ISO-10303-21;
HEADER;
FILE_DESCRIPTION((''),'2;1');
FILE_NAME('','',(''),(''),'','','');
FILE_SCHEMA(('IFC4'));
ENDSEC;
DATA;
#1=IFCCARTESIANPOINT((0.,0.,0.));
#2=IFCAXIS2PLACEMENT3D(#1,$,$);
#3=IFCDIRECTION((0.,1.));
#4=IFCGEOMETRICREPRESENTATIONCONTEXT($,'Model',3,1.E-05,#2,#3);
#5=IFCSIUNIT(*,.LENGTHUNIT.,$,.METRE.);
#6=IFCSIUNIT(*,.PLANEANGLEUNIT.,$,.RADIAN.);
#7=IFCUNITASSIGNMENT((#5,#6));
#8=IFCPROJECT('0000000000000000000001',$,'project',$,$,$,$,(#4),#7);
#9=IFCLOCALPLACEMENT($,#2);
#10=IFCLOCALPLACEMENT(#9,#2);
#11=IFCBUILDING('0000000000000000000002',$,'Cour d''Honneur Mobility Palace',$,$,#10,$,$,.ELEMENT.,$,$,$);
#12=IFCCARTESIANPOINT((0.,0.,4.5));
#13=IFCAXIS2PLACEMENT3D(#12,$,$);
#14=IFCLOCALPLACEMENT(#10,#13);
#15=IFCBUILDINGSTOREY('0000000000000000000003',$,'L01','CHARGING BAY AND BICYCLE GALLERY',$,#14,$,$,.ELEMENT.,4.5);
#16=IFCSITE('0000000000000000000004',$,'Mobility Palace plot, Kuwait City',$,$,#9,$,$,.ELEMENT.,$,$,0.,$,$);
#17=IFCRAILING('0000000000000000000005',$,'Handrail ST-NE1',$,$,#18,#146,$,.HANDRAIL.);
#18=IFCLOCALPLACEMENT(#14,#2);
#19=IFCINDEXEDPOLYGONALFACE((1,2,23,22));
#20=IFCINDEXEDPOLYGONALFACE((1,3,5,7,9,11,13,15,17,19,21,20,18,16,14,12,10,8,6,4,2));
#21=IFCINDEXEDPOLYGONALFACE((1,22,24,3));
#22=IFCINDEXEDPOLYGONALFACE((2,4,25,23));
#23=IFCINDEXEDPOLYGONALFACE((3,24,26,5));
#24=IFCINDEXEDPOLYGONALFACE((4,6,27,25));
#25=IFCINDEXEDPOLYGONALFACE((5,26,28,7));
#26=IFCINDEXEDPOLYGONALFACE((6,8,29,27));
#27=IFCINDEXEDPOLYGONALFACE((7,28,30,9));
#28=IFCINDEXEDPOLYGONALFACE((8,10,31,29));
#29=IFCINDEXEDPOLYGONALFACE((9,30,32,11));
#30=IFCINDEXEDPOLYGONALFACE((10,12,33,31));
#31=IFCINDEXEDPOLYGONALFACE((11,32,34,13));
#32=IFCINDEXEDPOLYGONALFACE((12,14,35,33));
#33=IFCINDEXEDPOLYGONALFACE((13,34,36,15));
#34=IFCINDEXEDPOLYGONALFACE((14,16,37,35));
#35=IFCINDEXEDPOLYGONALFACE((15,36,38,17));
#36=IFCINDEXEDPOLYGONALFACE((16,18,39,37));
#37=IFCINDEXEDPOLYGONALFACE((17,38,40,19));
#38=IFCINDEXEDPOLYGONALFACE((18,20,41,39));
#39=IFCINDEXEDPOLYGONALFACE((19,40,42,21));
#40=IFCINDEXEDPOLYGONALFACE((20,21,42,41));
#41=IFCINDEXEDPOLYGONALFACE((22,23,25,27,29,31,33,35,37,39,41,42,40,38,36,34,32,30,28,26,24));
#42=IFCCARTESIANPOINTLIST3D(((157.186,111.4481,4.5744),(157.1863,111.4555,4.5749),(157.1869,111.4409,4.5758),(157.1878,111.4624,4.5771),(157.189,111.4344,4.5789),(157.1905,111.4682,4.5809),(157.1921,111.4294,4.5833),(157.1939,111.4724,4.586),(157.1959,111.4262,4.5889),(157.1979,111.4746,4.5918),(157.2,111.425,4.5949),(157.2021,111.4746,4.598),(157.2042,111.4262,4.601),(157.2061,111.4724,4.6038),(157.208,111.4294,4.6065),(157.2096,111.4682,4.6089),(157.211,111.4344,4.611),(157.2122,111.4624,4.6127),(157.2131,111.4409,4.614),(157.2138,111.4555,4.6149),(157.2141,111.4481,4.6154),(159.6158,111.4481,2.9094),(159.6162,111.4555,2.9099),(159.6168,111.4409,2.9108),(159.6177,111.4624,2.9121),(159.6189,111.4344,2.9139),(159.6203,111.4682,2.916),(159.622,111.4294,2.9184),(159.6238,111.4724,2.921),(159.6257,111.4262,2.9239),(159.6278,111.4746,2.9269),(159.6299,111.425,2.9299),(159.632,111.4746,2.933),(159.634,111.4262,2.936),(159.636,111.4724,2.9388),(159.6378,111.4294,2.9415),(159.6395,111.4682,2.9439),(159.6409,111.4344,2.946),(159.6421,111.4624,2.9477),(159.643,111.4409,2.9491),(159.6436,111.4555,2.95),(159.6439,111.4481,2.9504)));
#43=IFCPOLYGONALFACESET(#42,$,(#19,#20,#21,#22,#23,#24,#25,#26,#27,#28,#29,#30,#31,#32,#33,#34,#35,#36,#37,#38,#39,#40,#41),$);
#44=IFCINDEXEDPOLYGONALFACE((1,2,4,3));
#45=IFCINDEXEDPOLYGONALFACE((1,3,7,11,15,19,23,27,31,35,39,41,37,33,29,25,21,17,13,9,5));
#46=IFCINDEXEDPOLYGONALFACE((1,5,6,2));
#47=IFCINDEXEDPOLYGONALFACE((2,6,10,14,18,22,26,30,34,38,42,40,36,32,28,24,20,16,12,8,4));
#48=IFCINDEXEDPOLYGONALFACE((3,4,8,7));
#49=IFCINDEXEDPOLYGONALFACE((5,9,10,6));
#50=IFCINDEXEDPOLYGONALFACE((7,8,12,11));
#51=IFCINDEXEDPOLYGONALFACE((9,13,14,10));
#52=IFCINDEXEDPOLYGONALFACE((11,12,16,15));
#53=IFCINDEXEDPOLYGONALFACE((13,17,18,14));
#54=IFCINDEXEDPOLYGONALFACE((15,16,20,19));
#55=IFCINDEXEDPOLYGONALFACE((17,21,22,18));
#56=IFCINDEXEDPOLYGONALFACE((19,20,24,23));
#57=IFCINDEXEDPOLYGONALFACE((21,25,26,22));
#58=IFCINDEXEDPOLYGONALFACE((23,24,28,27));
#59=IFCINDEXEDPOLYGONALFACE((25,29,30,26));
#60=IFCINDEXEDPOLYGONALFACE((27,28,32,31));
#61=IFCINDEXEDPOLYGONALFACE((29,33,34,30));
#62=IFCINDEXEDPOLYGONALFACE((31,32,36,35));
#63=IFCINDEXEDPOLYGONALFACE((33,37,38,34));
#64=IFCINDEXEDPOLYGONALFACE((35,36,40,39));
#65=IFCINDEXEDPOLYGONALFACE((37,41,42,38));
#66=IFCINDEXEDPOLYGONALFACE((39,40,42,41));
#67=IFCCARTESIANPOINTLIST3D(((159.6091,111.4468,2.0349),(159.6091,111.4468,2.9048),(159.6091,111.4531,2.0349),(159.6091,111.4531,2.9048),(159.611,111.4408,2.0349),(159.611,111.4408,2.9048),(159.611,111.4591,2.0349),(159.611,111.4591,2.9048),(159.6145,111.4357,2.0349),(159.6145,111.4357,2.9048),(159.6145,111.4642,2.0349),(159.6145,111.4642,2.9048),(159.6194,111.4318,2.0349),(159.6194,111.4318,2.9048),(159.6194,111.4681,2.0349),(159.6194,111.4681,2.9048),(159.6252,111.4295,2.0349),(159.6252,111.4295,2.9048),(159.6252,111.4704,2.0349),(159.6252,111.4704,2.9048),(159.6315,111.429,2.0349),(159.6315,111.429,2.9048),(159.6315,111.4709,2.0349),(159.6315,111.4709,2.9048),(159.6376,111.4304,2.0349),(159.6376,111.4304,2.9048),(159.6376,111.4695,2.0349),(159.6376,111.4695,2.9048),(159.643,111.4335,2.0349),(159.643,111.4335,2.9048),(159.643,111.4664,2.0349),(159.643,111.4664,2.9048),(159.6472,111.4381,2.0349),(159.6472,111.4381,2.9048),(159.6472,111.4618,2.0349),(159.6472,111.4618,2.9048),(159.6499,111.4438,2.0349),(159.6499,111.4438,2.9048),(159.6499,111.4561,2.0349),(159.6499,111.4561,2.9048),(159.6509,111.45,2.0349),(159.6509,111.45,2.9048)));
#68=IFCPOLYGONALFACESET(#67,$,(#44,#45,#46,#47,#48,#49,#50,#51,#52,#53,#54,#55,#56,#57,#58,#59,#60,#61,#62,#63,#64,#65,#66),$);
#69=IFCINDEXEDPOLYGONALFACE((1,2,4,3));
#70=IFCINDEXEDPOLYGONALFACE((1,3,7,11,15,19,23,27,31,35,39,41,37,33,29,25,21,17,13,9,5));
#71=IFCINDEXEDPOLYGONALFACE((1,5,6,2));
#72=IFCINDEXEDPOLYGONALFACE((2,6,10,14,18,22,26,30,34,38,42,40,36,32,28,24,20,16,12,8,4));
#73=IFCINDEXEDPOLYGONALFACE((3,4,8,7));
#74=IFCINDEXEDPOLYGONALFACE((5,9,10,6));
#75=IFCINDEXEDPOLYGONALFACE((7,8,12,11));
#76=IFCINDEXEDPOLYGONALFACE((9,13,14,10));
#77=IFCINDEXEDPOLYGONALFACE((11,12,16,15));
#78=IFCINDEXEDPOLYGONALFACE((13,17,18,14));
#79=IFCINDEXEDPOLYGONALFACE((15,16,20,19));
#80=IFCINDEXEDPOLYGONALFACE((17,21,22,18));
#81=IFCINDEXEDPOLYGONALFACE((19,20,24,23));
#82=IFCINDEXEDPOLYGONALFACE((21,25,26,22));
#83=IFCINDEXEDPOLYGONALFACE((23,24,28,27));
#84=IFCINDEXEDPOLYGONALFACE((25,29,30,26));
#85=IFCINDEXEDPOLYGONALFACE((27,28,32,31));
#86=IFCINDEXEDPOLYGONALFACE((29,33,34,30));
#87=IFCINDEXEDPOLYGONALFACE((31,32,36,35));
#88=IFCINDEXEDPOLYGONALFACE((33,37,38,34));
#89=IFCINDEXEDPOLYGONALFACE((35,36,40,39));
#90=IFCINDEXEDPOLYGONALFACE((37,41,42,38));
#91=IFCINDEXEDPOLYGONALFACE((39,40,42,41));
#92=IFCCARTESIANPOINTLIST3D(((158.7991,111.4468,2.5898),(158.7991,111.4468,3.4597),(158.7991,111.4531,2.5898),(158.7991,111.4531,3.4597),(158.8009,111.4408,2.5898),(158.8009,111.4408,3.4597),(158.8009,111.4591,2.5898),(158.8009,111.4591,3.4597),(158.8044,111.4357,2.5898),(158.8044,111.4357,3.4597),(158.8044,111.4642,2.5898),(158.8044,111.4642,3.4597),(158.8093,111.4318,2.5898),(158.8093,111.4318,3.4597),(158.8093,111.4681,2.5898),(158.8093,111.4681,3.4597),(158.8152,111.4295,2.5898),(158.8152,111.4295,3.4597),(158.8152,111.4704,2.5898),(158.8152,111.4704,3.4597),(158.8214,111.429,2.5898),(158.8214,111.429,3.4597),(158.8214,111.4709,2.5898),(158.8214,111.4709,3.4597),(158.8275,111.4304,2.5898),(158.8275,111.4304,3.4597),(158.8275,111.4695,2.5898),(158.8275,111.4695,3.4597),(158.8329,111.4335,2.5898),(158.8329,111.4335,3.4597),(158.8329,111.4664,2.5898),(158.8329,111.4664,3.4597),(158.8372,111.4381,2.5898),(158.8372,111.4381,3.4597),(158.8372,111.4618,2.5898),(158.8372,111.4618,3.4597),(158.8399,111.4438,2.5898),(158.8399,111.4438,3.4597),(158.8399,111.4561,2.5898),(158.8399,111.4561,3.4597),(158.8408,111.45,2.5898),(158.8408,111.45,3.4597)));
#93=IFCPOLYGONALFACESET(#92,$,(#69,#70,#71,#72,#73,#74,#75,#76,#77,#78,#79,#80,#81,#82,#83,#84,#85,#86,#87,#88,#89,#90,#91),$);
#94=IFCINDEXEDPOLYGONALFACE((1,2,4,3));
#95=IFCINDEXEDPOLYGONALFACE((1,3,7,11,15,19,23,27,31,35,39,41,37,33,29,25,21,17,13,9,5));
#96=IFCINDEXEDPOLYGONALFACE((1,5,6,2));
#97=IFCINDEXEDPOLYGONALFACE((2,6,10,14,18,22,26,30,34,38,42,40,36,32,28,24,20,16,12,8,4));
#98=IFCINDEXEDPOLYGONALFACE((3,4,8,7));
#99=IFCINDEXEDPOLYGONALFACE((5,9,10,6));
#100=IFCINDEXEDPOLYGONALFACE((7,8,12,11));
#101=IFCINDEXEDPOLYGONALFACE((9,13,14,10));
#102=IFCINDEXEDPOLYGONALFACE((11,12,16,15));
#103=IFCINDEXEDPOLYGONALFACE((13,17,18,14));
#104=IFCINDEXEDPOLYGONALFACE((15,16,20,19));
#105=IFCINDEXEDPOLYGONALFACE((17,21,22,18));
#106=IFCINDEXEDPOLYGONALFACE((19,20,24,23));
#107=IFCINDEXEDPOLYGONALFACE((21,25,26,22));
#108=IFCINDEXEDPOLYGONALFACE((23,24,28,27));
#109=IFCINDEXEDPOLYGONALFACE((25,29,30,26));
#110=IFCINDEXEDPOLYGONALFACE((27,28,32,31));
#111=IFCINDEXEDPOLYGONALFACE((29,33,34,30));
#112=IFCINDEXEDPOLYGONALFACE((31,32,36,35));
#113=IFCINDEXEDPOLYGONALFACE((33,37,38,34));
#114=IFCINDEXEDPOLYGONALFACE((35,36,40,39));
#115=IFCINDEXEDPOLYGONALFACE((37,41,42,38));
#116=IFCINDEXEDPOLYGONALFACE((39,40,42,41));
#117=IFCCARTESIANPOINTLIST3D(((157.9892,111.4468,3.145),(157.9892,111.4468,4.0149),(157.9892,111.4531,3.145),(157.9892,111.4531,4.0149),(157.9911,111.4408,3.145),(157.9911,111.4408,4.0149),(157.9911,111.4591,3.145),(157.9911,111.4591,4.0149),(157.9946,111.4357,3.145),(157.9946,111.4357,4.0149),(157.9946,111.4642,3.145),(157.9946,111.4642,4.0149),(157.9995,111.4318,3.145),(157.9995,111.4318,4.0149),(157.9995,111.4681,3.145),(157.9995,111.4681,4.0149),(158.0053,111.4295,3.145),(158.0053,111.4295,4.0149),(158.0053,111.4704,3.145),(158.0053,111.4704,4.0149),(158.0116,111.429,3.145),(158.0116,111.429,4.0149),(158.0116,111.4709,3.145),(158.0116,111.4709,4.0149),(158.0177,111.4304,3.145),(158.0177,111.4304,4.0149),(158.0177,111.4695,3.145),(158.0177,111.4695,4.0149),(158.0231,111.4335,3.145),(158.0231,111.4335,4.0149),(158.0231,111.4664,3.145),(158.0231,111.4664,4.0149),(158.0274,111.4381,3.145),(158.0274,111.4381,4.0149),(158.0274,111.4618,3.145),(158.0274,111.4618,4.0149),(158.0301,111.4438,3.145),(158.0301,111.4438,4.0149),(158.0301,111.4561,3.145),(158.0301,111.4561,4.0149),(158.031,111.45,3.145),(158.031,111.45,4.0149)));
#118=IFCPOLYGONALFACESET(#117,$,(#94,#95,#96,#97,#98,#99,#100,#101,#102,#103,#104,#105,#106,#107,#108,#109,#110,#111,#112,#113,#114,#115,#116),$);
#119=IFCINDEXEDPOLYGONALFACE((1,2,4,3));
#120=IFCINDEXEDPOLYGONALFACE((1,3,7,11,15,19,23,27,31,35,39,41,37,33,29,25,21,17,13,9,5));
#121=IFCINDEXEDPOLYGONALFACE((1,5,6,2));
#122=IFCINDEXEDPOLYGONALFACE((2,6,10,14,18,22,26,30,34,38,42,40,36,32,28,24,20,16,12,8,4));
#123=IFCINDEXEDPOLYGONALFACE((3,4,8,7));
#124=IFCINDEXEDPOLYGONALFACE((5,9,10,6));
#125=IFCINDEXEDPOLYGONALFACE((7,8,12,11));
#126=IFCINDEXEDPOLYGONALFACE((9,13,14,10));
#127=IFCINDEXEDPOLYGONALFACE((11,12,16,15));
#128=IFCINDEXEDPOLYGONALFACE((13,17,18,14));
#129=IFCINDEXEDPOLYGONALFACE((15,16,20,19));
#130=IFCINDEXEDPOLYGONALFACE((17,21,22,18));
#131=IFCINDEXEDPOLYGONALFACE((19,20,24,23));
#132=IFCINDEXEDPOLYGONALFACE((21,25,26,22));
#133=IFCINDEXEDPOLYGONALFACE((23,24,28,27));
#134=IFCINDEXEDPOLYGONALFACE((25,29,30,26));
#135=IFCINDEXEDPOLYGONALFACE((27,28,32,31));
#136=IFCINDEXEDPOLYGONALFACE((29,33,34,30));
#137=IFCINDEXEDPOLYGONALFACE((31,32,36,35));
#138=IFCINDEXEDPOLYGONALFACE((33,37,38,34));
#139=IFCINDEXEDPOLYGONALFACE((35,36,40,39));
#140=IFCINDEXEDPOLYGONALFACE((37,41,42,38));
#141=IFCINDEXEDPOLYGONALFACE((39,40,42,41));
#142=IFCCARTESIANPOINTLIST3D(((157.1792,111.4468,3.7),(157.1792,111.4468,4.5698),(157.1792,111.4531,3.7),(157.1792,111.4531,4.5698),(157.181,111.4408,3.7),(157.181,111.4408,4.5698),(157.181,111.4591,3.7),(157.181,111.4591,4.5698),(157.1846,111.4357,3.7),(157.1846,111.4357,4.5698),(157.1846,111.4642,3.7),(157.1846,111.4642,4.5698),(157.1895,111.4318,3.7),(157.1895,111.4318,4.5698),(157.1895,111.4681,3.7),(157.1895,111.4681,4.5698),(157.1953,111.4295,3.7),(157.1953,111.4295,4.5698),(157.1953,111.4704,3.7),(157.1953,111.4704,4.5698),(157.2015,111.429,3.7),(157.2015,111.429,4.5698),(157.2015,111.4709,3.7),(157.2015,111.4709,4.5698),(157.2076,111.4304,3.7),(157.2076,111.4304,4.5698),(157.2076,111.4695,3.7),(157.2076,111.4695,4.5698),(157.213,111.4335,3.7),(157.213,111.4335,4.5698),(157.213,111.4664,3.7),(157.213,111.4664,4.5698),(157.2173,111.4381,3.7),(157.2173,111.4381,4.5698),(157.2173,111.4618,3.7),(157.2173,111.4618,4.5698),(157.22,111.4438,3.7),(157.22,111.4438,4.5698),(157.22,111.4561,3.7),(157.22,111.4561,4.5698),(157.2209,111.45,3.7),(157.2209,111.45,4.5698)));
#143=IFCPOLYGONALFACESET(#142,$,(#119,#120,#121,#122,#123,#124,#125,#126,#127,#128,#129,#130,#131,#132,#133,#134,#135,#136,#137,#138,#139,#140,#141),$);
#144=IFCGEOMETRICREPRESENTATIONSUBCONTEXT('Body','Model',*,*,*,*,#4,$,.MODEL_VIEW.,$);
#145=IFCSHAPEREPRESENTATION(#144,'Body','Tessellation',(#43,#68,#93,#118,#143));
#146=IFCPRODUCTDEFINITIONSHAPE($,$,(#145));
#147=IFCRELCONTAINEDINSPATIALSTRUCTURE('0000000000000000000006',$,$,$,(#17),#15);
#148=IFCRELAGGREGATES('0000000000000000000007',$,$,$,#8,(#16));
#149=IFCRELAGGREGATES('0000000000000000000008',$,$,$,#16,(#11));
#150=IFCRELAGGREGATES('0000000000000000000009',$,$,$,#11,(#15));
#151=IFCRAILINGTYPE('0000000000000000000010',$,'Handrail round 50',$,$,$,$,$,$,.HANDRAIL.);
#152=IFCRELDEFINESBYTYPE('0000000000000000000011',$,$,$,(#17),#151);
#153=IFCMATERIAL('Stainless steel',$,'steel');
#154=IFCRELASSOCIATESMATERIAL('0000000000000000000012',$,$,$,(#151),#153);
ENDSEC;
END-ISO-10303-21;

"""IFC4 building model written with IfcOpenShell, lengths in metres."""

from ifc_helpers import new_model, si_unit, direction, frame, origin, origin_2d, place, context, subcontext, project, spatial, circle, extrude, material, type_object, element, save


model = new_model("IFC4")

# Units and contexts
model_context = context("Model", 3, precision=1e-05, world=origin(), true_north=direction((0.0, 1.0)))
body_context = subcontext(model_context, "Body", "Model", "MODEL_VIEW")
ifc_project = project(units=[si_unit("LENGTHUNIT", "METRE"), si_unit("PLANEANGLEUNIT", "RADIAN")], contexts=[model_context])

# Site, building, storey
site_placement = place(None, origin())
site = spatial("IfcSite", under=ifc_project, at=site_placement, Name="Mobility Palace plot, Kuwait City", CompositionType="ELEMENT", RefElevation=0.0)
building_placement = place(site_placement, origin())
building = spatial("IfcBuilding", under=site, at=building_placement, Name="Cour d'Honneur Mobility Palace", CompositionType="ELEMENT")
storey_placement = place(building_placement, frame((0.0, 0.0, 4.5)))
storey = spatial("IfcBuildingStorey", under=building, at=storey_placement, Name="L01", Description="CHARGING BAY AND BICYCLE GALLERY", CompositionType="ELEMENT", Elevation=4.5)

# Railing
ifc_material_1 = material(Name="Stainless steel", Category="steel")
railing_type_1 = type_object("IfcRailingType", Name="Handrail round 50", PredefinedType="HANDRAIL", material=ifc_material_1)
railing_1_placement = place(storey_placement, frame((159.6299, 111.45, 2.0349)))
element("IfcRailing", 1, at=railing_1_placement, inside=storey, type_object=railing_type_1, Name="Handrail ST-NE1", PredefinedType="HANDRAIL", context=body_context, shape_type="SweptSolid", body=[
    extrude(circle(Radius=0.0249, at=origin_2d()), frame((0.0, 0.0, 0.895), z_axis=(-0.824919, 0.0, 0.565251), x_axis=(0.0, -1.0, 0.0)), (0.0, 0.0, 1.0), 2.9456),
    extrude(circle(Radius=0.021, at=origin_2d()), origin(), (0.0, 0.0, 1.0), 0.8699),
    extrude(circle(Radius=0.021, at=origin_2d()), frame((-0.8101, 0.0, 0.5549)), (0.0, 0.0, 1.0), 0.8699),
    extrude(circle(Radius=0.021, at=origin_2d()), frame((-1.6199, 0.0, 1.1101)), (0.0, 0.0, 1.0), 0.8699),
    extrude(circle(Radius=0.021, at=origin_2d()), frame((-2.4299, 0.0, 1.665)), (0.0, 0.0, 1.0), 0.8699),
])

save(model, "model.ifc")
